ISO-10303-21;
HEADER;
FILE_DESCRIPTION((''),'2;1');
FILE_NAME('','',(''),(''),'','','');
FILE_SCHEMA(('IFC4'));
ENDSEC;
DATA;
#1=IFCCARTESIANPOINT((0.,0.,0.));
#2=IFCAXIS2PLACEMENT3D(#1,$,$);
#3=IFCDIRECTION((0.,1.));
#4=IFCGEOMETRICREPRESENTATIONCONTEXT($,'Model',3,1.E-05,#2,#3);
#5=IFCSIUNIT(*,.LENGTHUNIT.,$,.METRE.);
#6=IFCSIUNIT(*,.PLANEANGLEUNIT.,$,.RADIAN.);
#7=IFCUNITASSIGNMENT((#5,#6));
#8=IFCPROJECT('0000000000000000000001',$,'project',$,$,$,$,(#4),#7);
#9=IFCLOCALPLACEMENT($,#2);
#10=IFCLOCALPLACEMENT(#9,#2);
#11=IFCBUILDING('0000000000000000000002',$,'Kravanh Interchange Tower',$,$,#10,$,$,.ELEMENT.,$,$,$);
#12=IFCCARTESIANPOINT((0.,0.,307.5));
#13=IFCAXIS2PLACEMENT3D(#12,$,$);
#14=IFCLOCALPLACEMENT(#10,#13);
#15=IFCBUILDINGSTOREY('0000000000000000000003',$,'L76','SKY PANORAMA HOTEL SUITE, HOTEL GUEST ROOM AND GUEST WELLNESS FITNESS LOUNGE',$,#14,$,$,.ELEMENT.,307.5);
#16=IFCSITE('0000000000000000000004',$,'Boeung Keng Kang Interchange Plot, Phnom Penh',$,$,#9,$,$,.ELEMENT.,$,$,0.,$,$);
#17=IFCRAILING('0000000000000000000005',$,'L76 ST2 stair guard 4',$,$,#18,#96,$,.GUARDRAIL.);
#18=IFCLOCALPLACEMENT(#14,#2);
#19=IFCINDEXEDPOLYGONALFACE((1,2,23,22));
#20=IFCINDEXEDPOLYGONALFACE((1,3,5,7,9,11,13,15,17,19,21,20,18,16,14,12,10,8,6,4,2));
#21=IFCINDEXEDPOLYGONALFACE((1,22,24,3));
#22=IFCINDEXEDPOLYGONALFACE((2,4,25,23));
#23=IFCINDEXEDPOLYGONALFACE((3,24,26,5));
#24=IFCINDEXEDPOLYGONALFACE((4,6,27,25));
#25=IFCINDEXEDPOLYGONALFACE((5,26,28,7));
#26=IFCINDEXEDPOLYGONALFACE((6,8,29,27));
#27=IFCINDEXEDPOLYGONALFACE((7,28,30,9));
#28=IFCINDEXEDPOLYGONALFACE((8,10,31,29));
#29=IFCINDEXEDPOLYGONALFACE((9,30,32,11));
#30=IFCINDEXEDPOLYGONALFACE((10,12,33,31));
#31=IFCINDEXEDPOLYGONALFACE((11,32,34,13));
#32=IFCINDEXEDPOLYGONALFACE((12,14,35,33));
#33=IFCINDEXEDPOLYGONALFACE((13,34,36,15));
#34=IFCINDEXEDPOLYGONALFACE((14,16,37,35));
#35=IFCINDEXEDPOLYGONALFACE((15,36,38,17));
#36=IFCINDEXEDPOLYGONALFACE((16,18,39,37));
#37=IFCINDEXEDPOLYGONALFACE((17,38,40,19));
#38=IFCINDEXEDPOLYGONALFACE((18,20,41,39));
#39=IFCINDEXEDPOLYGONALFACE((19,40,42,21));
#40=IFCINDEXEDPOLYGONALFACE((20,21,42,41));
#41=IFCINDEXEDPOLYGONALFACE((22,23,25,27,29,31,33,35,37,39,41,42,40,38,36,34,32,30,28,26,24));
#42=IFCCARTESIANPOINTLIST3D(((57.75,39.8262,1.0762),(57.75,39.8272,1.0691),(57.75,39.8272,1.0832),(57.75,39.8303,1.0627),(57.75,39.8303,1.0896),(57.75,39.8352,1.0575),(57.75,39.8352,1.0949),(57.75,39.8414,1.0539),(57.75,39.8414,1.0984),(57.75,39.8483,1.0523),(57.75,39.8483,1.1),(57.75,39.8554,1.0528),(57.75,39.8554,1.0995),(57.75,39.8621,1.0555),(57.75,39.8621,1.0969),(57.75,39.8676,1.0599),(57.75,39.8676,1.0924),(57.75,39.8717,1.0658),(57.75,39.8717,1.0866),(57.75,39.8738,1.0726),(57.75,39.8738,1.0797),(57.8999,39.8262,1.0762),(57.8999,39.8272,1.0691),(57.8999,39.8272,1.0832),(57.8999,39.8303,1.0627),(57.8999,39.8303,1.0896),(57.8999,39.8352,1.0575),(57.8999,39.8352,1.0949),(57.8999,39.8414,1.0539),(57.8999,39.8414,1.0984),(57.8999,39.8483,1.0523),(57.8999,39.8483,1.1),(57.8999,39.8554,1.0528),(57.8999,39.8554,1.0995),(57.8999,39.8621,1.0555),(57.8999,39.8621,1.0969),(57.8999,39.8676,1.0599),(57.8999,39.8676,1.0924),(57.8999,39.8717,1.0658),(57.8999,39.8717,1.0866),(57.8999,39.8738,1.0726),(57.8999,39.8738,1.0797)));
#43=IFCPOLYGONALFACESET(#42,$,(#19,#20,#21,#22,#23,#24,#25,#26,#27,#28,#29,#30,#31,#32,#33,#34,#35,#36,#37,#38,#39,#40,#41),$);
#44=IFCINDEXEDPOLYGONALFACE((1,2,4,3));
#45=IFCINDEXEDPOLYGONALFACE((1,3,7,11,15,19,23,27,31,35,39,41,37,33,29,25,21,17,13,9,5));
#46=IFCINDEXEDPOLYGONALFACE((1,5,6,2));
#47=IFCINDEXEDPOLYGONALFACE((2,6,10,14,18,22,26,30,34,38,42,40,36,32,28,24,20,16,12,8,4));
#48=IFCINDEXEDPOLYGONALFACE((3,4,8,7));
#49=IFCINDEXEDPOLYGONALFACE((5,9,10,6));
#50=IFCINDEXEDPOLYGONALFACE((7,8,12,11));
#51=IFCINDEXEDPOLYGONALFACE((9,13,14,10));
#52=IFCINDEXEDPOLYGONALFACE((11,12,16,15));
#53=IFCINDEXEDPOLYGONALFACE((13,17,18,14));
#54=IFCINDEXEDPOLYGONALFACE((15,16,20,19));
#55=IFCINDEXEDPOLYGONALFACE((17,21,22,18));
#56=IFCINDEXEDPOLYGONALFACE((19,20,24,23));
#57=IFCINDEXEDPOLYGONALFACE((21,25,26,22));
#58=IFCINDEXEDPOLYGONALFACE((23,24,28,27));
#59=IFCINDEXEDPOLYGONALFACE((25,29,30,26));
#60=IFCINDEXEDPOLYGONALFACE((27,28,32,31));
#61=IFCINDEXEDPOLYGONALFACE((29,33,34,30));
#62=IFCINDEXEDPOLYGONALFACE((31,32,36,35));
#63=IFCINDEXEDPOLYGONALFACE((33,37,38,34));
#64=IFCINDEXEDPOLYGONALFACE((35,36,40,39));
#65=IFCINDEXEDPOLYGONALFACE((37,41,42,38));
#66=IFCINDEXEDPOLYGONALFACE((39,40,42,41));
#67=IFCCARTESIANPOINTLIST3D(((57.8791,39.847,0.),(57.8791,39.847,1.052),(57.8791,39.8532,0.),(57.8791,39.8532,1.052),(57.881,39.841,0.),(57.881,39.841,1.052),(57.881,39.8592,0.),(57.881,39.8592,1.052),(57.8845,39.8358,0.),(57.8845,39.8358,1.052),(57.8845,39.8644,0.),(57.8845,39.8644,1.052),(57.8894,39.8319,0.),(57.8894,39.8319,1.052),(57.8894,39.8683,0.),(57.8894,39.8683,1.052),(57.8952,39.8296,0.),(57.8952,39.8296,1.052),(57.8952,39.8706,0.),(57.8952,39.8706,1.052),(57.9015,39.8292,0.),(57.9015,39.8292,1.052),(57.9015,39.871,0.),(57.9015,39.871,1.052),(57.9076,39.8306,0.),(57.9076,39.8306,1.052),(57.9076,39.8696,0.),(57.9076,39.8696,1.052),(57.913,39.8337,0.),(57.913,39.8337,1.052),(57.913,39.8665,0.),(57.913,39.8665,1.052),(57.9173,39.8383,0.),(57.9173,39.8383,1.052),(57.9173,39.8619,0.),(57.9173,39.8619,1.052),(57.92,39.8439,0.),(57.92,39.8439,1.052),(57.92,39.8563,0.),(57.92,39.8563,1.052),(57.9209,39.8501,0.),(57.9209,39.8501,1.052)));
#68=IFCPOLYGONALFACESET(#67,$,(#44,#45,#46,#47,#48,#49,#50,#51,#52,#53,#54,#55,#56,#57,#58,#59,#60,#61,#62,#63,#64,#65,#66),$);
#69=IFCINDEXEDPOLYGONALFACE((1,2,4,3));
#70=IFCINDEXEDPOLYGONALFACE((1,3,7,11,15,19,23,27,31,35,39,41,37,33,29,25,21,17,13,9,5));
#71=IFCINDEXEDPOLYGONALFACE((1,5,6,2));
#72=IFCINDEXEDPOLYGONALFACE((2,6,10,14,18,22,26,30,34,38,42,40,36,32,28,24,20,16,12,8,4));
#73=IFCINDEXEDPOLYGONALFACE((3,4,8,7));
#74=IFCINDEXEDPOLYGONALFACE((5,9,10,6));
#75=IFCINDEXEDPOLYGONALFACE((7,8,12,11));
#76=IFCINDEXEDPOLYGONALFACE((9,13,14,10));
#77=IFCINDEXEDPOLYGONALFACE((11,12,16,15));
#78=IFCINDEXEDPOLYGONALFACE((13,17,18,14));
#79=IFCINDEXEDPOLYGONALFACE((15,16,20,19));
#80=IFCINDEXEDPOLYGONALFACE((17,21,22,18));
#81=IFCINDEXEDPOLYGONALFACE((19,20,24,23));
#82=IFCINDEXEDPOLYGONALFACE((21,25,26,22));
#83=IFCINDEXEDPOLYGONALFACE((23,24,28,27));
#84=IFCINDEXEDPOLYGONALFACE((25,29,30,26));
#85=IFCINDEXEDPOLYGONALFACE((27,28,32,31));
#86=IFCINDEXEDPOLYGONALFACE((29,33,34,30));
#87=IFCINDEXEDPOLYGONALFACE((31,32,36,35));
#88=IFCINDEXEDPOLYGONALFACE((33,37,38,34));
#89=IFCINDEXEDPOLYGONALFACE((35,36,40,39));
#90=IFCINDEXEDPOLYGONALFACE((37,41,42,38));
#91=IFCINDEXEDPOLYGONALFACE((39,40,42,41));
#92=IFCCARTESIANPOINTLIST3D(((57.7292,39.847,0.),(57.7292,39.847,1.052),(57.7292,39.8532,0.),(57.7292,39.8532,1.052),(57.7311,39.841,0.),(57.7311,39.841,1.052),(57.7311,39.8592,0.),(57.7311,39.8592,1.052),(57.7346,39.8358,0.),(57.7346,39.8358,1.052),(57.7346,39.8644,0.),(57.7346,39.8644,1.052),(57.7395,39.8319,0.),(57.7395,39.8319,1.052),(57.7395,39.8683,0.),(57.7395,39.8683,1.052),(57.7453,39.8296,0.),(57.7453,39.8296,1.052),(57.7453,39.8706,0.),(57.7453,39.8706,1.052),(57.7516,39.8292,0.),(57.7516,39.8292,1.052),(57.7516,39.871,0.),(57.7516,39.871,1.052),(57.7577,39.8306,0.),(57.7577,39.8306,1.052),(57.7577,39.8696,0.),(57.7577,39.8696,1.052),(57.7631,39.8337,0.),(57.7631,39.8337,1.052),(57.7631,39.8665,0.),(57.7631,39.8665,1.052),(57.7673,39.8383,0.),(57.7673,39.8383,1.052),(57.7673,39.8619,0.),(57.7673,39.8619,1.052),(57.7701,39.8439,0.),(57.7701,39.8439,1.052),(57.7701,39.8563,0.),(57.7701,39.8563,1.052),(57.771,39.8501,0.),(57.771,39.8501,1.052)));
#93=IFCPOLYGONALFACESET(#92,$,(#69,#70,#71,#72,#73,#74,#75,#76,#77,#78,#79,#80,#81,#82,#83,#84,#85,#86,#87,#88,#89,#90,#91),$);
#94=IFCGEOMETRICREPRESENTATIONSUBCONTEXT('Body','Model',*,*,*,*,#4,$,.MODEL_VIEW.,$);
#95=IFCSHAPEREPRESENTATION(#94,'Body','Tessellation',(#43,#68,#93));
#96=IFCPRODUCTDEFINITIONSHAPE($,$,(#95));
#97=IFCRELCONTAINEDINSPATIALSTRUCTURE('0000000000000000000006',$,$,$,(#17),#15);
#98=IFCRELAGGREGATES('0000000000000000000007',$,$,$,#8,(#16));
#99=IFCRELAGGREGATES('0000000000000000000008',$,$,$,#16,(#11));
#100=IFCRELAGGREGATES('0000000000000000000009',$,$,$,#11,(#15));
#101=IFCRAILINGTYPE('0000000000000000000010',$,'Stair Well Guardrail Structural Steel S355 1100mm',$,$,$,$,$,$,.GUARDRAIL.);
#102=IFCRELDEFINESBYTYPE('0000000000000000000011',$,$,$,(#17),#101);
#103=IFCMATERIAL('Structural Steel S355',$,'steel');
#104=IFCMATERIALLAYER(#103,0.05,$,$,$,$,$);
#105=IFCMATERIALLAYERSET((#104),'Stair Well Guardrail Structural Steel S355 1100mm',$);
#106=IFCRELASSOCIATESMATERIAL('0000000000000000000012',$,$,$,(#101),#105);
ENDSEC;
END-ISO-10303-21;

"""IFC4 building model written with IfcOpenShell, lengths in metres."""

from ifc_helpers import new_model, si_unit, direction, frame, origin, origin_2d, place, context, subcontext, project, spatial, circle, extrude, material, layer, layer_set, type_object, element, save


model = new_model("IFC4")

# Units and contexts
model_context = context("Model", 3, precision=1e-05, world=origin(), true_north=direction((0.0, 1.0)))
body_context = subcontext(model_context, "Body", "Model", "MODEL_VIEW")
ifc_project = project(units=[si_unit("LENGTHUNIT", "METRE"), si_unit("PLANEANGLEUNIT", "RADIAN")], contexts=[model_context])

# Site, building, storey
site_placement = place(None, origin())
site = spatial("IfcSite", under=ifc_project, at=site_placement, Name="Boeung Keng Kang Interchange Plot, Phnom Penh", CompositionType="ELEMENT", RefElevation=0.0)
building_placement = place(site_placement, origin())
building = spatial("IfcBuilding", under=site, at=building_placement, Name="Kravanh Interchange Tower", CompositionType="ELEMENT")
storey_placement = place(building_placement, frame((0.0, 0.0, 307.5)))
storey = spatial("IfcBuildingStorey", under=building, at=storey_placement, Name="L76", Description="SKY PANORAMA HOTEL SUITE, HOTEL GUEST ROOM AND GUEST WELLNESS FITNESS LOUNGE", CompositionType="ELEMENT", Elevation=307.5)

# Railing
ifc_material_1 = material(Name="Structural Steel S355", Category="steel")
ifc_layer_1 = layer(ifc_material_1, 0.05)
ifc_layer_set_1 = layer_set([ifc_layer_1], Name="Stair Well Guardrail Structural Steel S355 1100mm")
railing_type_1 = type_object("IfcRailingType", Name="Stair Well Guardrail Structural Steel S355 1100mm", PredefinedType="GUARDRAIL", material=ifc_layer_set_1)
railing_1_placement = place(storey_placement, frame((57.8999, 39.8501, 0.0)))
element("IfcRailing", 1, at=railing_1_placement, inside=storey, type_object=railing_type_1, Name="L76 ST2 stair guard 4", PredefinedType="GUARDRAIL", context=body_context, shape_type="SweptSolid", body=[
    extrude(circle(Radius=0.0239, at=origin_2d()), frame((0.0, 0.0, 1.0762), z_axis=(-1.0, 0.0, 0.0), x_axis=(0.0, -1.0, 0.0)), (0.0, 0.0, 1.0), 0.1499),
    extrude(circle(Radius=0.021, at=origin_2d()), origin(), (0.0, 0.0, 1.0), 1.052),
    extrude(circle(Radius=0.021, at=origin_2d()), frame((-0.1499, 0.0, 0.0)), (0.0, 0.0, 1.0), 1.052),
])

save(model, "model.ifc")
